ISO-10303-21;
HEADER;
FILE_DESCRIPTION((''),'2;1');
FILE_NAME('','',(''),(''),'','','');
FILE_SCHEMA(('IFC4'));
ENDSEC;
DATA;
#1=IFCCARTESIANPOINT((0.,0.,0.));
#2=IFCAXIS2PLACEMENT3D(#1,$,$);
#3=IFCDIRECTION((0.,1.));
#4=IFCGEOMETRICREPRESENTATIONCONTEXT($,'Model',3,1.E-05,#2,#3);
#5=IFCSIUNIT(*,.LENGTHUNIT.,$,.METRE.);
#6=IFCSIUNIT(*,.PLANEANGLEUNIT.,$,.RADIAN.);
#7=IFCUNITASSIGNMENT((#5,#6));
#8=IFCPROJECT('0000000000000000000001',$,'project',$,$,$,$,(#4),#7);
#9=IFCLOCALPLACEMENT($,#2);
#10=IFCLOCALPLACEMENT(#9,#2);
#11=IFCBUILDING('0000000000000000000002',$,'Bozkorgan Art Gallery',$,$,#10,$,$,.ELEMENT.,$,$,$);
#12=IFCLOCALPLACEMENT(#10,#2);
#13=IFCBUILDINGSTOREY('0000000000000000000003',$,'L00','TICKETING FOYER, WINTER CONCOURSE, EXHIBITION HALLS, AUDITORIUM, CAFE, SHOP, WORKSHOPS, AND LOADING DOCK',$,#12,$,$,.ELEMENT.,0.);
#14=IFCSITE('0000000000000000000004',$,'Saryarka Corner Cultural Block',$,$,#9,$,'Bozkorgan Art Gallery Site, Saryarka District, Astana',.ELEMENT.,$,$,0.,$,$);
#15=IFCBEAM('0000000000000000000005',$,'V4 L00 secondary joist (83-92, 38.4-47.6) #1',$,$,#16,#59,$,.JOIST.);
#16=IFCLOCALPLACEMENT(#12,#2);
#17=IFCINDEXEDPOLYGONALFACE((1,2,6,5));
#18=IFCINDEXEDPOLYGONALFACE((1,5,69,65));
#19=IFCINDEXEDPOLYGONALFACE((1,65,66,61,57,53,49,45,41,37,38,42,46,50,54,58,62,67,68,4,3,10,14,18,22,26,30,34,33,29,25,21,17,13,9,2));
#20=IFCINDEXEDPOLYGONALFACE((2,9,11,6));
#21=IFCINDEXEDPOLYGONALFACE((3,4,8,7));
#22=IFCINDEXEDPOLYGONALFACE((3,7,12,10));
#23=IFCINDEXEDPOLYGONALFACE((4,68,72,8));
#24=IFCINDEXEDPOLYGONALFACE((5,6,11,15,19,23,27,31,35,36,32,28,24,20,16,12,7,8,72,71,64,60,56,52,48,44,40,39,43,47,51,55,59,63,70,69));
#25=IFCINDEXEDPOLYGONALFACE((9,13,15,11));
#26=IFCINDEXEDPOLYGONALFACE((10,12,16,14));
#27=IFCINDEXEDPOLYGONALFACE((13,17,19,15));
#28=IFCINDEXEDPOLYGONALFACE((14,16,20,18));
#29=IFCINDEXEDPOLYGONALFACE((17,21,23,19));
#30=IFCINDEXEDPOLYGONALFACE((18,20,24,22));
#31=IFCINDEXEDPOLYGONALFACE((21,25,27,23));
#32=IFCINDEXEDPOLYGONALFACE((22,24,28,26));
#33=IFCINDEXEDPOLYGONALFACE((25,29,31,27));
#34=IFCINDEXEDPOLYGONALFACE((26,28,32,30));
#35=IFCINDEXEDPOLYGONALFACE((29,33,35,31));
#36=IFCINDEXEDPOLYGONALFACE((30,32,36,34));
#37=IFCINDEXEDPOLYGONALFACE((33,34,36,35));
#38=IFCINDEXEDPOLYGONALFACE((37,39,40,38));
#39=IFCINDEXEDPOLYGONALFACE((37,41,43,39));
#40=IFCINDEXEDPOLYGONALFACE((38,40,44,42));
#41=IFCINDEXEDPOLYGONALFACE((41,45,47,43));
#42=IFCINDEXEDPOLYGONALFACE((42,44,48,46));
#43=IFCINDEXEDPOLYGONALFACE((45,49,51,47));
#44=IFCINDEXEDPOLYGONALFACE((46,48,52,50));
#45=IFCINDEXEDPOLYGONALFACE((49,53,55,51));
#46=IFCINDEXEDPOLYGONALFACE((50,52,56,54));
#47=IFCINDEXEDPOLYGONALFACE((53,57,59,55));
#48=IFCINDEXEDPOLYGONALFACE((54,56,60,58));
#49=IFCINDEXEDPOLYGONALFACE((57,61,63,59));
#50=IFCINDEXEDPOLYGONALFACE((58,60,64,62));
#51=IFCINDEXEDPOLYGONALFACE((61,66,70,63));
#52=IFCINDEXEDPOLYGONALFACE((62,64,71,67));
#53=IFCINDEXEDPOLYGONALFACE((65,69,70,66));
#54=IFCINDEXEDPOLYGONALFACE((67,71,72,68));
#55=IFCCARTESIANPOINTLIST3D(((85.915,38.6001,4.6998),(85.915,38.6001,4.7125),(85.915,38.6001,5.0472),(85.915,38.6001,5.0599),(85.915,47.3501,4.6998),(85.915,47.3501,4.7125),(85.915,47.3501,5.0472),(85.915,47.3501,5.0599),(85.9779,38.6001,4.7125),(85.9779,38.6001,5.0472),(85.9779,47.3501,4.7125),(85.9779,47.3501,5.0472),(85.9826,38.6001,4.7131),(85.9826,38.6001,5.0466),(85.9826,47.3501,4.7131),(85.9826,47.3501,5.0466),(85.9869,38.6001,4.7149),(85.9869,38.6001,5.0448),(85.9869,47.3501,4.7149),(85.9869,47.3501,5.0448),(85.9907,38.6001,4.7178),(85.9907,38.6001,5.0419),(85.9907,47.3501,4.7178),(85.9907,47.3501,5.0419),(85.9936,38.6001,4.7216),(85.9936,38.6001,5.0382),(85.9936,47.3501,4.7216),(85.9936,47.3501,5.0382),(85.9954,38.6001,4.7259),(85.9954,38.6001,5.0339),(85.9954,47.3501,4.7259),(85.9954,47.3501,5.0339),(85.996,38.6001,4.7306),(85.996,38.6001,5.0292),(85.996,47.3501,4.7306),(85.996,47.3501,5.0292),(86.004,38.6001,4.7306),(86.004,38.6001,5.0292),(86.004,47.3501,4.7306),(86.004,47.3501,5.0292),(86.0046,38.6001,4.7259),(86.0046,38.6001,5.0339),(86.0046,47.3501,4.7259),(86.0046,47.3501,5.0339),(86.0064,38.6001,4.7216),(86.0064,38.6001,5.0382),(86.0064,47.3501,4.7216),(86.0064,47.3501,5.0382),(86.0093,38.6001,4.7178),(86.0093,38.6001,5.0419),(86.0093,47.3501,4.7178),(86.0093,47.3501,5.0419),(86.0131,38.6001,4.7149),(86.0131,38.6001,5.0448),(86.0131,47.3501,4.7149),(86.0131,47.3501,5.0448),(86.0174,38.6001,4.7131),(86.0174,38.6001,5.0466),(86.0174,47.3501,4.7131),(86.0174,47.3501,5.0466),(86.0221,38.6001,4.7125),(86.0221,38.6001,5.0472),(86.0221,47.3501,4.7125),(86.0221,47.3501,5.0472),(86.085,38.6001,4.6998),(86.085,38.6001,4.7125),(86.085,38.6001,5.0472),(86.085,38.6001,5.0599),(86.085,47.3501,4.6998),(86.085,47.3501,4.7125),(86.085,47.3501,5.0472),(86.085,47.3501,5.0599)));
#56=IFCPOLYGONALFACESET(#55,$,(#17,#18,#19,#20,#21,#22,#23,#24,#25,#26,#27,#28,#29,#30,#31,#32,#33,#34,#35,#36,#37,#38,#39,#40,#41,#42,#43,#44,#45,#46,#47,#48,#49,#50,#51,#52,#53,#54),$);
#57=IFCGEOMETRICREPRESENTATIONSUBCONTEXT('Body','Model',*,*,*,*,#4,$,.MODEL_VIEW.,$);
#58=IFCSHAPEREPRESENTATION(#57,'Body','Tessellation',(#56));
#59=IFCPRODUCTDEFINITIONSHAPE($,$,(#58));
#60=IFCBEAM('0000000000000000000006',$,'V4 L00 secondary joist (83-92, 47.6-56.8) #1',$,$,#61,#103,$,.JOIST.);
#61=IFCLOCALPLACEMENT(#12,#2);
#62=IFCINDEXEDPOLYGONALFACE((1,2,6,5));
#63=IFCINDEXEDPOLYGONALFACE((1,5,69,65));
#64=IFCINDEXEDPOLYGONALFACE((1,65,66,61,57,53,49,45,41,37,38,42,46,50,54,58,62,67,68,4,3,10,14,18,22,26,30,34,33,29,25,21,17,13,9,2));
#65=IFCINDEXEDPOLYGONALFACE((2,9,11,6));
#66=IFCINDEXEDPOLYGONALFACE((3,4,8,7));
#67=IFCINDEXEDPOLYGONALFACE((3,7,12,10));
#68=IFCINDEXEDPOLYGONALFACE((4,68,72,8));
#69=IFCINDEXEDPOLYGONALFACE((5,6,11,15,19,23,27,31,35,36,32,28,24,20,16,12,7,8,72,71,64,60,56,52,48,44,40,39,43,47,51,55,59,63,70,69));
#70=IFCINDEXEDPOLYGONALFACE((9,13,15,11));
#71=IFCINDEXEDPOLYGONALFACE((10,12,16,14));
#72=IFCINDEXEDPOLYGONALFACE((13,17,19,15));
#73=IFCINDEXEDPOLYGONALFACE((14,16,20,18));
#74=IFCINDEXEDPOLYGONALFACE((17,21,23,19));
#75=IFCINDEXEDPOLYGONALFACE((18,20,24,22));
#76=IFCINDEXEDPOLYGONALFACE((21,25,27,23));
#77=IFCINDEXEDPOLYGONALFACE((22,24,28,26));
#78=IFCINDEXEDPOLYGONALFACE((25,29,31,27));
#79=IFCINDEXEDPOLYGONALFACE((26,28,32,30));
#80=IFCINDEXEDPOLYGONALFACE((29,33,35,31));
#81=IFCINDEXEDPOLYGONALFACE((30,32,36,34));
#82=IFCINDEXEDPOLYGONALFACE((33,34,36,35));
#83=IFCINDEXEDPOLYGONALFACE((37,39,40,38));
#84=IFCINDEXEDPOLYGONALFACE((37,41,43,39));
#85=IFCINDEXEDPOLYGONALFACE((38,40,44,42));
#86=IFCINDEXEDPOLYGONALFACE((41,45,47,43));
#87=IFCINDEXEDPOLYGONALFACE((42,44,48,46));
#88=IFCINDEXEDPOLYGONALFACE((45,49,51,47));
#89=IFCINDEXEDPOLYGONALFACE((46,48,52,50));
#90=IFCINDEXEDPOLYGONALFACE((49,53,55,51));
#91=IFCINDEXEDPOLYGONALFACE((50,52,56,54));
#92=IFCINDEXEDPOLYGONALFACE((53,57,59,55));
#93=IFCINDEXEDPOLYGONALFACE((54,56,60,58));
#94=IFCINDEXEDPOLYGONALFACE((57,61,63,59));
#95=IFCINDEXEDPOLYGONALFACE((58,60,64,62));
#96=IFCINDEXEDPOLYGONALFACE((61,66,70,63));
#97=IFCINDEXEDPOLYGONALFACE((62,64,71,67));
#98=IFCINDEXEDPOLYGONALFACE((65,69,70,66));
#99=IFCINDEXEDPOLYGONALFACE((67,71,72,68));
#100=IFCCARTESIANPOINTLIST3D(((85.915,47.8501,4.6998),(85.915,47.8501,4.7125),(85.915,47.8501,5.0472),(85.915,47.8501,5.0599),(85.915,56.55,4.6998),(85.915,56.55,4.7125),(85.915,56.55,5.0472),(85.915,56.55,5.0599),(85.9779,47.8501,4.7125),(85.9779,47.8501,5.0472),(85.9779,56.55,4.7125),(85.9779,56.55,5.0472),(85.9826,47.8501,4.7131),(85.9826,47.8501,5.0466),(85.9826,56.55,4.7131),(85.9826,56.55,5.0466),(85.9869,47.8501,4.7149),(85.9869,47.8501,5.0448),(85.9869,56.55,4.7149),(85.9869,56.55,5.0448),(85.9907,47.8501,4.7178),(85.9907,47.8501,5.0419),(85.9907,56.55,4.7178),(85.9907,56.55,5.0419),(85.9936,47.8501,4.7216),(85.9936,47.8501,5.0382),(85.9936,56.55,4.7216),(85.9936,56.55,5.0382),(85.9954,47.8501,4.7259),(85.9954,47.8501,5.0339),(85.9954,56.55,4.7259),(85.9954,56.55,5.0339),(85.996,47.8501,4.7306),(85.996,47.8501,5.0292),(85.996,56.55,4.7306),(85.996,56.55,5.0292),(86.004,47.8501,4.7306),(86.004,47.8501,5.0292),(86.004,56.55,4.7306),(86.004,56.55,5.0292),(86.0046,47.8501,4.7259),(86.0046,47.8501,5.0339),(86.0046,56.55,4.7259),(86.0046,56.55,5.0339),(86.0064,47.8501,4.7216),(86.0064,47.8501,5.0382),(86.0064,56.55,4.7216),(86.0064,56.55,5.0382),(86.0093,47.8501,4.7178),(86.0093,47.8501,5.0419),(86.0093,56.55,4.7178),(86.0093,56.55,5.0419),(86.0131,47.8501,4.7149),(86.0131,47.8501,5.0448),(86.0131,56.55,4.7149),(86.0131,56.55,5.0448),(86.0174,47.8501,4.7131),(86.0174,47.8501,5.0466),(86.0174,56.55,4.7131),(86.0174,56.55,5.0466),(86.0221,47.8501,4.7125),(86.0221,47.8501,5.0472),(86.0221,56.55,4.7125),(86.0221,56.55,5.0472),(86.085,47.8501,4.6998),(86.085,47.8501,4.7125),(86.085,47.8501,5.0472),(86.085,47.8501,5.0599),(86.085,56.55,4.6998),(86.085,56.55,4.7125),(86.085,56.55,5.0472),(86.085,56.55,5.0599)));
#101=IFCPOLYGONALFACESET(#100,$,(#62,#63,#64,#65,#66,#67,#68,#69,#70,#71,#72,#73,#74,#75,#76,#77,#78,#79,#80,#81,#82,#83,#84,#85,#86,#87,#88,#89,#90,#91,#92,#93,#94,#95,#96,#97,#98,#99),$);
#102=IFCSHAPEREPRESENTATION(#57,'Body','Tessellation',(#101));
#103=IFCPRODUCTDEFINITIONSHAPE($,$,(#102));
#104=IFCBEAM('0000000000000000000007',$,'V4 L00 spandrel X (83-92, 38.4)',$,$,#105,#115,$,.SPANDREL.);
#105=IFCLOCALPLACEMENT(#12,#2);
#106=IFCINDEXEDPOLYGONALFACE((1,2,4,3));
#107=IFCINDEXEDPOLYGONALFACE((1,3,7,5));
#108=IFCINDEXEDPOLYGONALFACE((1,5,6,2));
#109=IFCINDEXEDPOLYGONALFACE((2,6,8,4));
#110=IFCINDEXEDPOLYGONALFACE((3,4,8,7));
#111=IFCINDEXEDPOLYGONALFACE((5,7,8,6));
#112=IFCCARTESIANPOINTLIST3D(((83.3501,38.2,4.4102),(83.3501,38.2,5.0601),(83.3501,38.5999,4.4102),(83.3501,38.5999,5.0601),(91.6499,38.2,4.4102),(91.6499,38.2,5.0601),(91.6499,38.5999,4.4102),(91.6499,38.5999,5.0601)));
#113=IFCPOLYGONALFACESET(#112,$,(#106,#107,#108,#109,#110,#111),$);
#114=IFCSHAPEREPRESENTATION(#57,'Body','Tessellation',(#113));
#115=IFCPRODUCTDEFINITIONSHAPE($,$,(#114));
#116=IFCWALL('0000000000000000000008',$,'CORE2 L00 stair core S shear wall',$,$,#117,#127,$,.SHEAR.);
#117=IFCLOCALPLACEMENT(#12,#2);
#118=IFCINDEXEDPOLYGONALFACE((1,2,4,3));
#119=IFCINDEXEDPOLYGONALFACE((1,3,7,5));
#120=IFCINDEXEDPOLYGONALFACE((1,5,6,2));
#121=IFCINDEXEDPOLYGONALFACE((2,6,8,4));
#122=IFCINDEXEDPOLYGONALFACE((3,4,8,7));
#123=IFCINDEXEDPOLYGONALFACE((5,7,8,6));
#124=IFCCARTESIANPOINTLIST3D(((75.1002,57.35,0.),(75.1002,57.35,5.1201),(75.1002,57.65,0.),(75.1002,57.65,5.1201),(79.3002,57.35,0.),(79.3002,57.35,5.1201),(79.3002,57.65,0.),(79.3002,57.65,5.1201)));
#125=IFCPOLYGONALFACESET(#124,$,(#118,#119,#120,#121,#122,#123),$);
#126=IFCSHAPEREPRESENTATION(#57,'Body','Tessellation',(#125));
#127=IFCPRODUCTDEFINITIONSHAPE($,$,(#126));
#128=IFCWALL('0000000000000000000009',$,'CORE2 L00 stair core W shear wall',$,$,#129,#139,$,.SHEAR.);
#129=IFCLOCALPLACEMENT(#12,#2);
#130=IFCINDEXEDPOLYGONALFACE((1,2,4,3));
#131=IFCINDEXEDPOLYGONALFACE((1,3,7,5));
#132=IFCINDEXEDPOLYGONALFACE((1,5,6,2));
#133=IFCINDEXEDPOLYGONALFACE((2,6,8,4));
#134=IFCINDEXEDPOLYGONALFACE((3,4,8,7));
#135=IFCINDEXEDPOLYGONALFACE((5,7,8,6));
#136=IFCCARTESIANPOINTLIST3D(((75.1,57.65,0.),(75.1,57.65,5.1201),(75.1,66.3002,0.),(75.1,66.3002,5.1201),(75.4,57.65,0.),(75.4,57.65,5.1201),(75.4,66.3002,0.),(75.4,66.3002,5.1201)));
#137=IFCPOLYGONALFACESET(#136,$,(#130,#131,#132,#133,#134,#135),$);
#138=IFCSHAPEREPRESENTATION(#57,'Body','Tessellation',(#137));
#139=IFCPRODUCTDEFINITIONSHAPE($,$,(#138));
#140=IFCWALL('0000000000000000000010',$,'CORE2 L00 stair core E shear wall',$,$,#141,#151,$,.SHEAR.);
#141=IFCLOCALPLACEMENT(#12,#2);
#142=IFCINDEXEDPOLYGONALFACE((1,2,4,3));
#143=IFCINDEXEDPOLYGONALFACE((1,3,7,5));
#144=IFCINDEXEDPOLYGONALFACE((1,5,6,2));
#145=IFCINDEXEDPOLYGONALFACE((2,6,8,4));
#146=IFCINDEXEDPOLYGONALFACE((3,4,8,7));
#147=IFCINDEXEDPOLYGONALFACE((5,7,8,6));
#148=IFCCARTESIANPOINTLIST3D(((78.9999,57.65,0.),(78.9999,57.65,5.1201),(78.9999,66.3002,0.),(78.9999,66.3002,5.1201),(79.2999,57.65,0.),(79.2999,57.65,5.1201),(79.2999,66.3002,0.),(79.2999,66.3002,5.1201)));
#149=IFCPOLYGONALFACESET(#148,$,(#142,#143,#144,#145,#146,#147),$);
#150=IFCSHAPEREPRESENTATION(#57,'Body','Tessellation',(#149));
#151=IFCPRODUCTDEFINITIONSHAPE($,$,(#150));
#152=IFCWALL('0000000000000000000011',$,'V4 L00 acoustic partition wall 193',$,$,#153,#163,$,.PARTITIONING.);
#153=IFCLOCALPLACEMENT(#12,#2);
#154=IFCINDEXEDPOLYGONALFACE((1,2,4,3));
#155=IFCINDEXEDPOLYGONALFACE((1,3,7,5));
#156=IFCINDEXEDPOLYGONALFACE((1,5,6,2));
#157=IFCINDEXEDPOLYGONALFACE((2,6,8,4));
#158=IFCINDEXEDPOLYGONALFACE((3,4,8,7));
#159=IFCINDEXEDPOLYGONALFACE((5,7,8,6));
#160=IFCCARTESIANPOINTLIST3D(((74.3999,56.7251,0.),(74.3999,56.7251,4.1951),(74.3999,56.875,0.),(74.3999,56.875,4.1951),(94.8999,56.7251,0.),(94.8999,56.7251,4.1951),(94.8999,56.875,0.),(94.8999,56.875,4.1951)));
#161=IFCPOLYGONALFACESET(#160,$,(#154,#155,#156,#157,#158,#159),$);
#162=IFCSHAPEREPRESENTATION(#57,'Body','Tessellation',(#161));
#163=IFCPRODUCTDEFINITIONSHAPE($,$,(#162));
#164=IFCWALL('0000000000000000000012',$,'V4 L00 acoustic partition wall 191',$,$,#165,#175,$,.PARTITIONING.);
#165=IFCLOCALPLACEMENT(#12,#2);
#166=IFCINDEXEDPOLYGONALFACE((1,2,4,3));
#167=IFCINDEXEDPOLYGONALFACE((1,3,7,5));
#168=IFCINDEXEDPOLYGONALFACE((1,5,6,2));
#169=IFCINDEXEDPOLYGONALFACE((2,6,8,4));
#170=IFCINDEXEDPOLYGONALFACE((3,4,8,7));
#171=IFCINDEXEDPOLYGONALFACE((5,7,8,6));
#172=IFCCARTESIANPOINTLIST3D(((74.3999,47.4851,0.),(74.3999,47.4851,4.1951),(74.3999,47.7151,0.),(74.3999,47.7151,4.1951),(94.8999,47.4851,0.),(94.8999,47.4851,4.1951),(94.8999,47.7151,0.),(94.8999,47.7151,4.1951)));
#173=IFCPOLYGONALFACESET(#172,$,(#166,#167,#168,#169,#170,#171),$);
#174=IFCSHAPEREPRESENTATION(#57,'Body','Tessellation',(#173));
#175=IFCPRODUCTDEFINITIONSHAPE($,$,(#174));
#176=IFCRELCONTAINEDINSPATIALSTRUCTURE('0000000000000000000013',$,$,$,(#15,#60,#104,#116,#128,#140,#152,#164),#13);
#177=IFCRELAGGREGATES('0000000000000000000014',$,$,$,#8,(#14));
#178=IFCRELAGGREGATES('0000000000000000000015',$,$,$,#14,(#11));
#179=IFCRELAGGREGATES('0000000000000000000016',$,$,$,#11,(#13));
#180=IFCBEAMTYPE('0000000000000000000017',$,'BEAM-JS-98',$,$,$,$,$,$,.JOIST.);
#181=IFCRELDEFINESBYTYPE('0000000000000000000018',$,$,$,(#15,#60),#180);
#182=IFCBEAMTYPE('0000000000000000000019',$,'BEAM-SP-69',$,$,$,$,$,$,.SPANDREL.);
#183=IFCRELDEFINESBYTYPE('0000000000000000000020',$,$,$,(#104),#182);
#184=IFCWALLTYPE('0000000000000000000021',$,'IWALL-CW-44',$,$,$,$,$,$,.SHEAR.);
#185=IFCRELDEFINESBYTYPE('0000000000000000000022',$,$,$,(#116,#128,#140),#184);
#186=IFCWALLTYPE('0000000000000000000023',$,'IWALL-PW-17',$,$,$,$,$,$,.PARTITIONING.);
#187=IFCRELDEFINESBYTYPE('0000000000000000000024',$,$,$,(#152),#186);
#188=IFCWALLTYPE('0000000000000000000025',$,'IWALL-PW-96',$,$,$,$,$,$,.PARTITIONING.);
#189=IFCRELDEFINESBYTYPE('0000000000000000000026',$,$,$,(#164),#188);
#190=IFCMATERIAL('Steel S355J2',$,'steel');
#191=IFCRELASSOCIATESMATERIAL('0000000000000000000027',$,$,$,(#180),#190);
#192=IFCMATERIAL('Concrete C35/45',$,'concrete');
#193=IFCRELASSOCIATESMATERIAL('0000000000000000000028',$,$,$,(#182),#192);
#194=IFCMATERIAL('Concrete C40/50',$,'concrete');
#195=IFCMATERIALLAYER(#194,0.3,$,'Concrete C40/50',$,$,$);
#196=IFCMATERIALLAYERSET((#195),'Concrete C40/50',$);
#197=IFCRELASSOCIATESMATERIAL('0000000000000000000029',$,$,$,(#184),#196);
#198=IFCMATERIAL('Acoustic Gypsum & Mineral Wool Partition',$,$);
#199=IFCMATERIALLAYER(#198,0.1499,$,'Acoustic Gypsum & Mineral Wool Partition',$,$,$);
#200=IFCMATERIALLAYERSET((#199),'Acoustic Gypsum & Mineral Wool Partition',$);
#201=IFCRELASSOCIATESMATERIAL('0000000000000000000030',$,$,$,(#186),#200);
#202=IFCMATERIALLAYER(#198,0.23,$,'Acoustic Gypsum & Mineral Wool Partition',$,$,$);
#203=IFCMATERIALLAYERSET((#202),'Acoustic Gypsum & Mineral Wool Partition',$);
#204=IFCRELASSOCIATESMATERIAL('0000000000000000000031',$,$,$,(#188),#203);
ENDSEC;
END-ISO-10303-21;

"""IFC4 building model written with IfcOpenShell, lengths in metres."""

from ifc_helpers import new_model, si_unit, direction, frame, frame_2d, origin, origin_2d, place, context, subcontext, project, spatial, rectangle, i_section, extrude, material, layer, layer_set, material_profile, profile_set, type_object, element, save


model = new_model("IFC4")

# Units and contexts
model_context = context("Model", 3, precision=1e-05, world=origin(), true_north=direction((0.0, 1.0)))
body_context = subcontext(model_context, "Body", "Model", "MODEL_VIEW")
ifc_project = project(units=[si_unit("LENGTHUNIT", "METRE"), si_unit("PLANEANGLEUNIT", "RADIAN")], contexts=[model_context])

# Site, building, storey
site_placement = place(None, origin())
site = spatial("IfcSite", under=ifc_project, at=site_placement, Name="Saryarka Corner Cultural Block", LongName="Bozkorgan Art Gallery Site, Saryarka District, Astana", CompositionType="ELEMENT", RefElevation=0.0)
building_placement = place(site_placement, origin())
building = spatial("IfcBuilding", under=site, at=building_placement, Name="Bozkorgan Art Gallery", CompositionType="ELEMENT")
storey_placement = place(building_placement, origin())
storey = spatial("IfcBuildingStorey", under=building, at=storey_placement, Name="L00", Description="TICKETING FOYER, WINTER CONCOURSE, EXHIBITION HALLS, AUDITORIUM, CAFE, SHOP, WORKSHOPS, AND LOADING DOCK", CompositionType="ELEMENT", Elevation=0.0)

# Shared definitions
ifc_material_1 = material(Name="Concrete C40/50", Category="concrete")

# Beams
ifc_material_2 = material(Name="Concrete C35/45", Category="concrete")
ifc_material_3 = material(Name="Steel S355J2", Category="steel")
ifc_material_profile_1 = material_profile(ifc_material_3, i_section(OverallWidth=0.1699, OverallDepth=0.3601, WebThickness=0.0081, FlangeThickness=0.0127, FilletRadius=0.0181, at=origin_2d()), Name="IPE 360")
ifc_profile_set_1 = profile_set([ifc_material_profile_1], Name="Steel S355J2")
beam_type_1 = type_object("IfcBeamType", Name="BEAM-JS-98", PredefinedType="JOIST", material=ifc_profile_set_1)
beam_1_placement = place(storey_placement, frame((86.0, 38.6001, 4.8799), z_axis=(0.0, 1.0, 0.0), x_axis=(-1.0, 0.0, 0.0)))
element("IfcBeam", 1, at=beam_1_placement, inside=storey, type_object=beam_type_1, Name="V4 L00 secondary joist (83-92, 38.4-47.6) #1", PredefinedType="JOIST", context=body_context, shape_type="SweptSolid", body=[
    extrude(i_section(OverallWidth=0.1699, OverallDepth=0.3601, WebThickness=0.0081, FlangeThickness=0.0127, FilletRadius=0.0181, at=origin_2d()), origin(), (0.0, 0.0, 1.0), 8.75),
])
beam_2_placement = place(storey_placement, frame((86.0, 47.8501, 4.8799), z_axis=(0.0, 1.0, 0.0), x_axis=(-1.0, 0.0, 0.0)))
element("IfcBeam", 2, at=beam_2_placement, inside=storey, type_object=beam_type_1, Name="V4 L00 secondary joist (83-92, 47.6-56.8) #1", PredefinedType="JOIST", context=body_context, shape_type="SweptSolid", body=[
    extrude(i_section(OverallWidth=0.1699, OverallDepth=0.3601, WebThickness=0.0081, FlangeThickness=0.0127, FilletRadius=0.0181, at=origin_2d()), origin(), (0.0, 0.0, 1.0), 8.7),
])
ifc_material_profile_2 = material_profile(ifc_material_2, rectangle(XDim=0.3999, YDim=0.6499, at=origin_2d()), Name="RC 400x650")
ifc_profile_set_2 = profile_set([ifc_material_profile_2], Name="Concrete C35/45")
beam_type_2 = type_object("IfcBeamType", Name="BEAM-SP-69", PredefinedType="SPANDREL", material=ifc_profile_set_2)
beam_3_placement = place(storey_placement, frame((83.3501, 38.3999, 4.7351), z_axis=(1.0, 0.0, 0.0), x_axis=(0.0, 1.0, 0.0)))
element("IfcBeam", 3, at=beam_3_placement, inside=storey, type_object=beam_type_2, Name="V4 L00 spandrel X (83-92, 38.4)", PredefinedType="SPANDREL", context=body_context, shape_type="SweptSolid", body=[
    extrude(rectangle(XDim=0.3999, YDim=0.6499, at=origin_2d()), origin(), (0.0, 0.0, 1.0), 8.2998),
])

# Walls
ifc_layer_1 = layer(ifc_material_1, 0.3, Name="Concrete C40/50")
ifc_layer_set_1 = layer_set([ifc_layer_1], Name="Concrete C40/50")
wall_type_1 = type_object("IfcWallType", Name="IWALL-CW-44", PredefinedType="SHEAR", material=ifc_layer_set_1)
wall_1_placement = place(storey_placement, frame((75.1001, 57.5, 0.0), z_axis=(0.0, 0.0, 1.0), x_axis=(1.0, 0.0, 0.0)))
element("IfcWall", 4, at=wall_1_placement, inside=storey, type_object=wall_type_1, Name="CORE2 L00 stair core S shear wall", PredefinedType="SHEAR", context=body_context, shape_type="SweptSolid", body=[
    extrude(rectangle(XDim=4.2, YDim=0.3, at=frame_2d((2.1001, 0.0))), origin(), (0.0, 0.0, 1.0), 5.1201),
])
for number, where, z_axis, x_axis, name in (
    (5, (75.25, 57.6499, 0.0), (0.0, 0.0, 1.0), (0.0, 1.0, 0.0), "CORE2 L00 stair core W shear wall"),
    (6, (79.1499, 57.6499, 0.0), (0.0, 0.0, 1.0), (0.0, 1.0, 0.0), "CORE2 L00 stair core E shear wall"),
):
    element("IfcWall", number, at=place(storey_placement, frame(where, z_axis=z_axis, x_axis=x_axis)), inside=storey, type_object=wall_type_1, Name=name, PredefinedType="SHEAR", context=body_context, shape_type="SweptSolid", body=[
        extrude(rectangle(XDim=8.6501, YDim=0.3, at=frame_2d((4.3252, 0.0))), origin(), (0.0, 0.0, 1.0), 5.1201),
    ])
ifc_material_4 = material(Name="Acoustic Gypsum & Mineral Wool Partition")
ifc_layer_2 = layer(ifc_material_4, 0.1499, Name="Acoustic Gypsum & Mineral Wool Partition")
ifc_layer_set_2 = layer_set([ifc_layer_2], Name="Acoustic Gypsum & Mineral Wool Partition")
wall_type_2 = type_object("IfcWallType", Name="IWALL-PW-17", PredefinedType="PARTITIONING", material=ifc_layer_set_2)
wall_2_placement = place(storey_placement, frame((74.3999, 56.8, 0.0), z_axis=(0.0, 0.0, 1.0), x_axis=(1.0, 0.0, 0.0)))
element("IfcWall", 7, at=wall_2_placement, inside=storey, type_object=wall_type_2, Name="V4 L00 acoustic partition wall 193", PredefinedType="PARTITIONING", context=body_context, shape_type="SweptSolid", body=[
    extrude(rectangle(XDim=20.5, YDim=0.1499, at=frame_2d((10.25, 0.0))), origin(), (0.0, 0.0, 1.0), 4.1951),
])
ifc_layer_3 = layer(ifc_material_4, 0.23, Name="Acoustic Gypsum & Mineral Wool Partition")
ifc_layer_set_3 = layer_set([ifc_layer_3], Name="Acoustic Gypsum & Mineral Wool Partition")
wall_type_3 = type_object("IfcWallType", Name="IWALL-PW-96", PredefinedType="PARTITIONING", material=ifc_layer_set_3)
wall_3_placement = place(storey_placement, frame((74.3999, 47.6001, 0.0), z_axis=(0.0, 0.0, 1.0), x_axis=(1.0, 0.0, 0.0)))
element("IfcWall", 8, at=wall_3_placement, inside=storey, type_object=wall_type_3, Name="V4 L00 acoustic partition wall 191", PredefinedType="PARTITIONING", context=body_context, shape_type="SweptSolid", body=[
    extrude(rectangle(XDim=20.5, YDim=0.23, at=frame_2d((10.25, 0.0))), origin(), (0.0, 0.0, 1.0), 4.1951),
])

save(model, "model.ifc")
